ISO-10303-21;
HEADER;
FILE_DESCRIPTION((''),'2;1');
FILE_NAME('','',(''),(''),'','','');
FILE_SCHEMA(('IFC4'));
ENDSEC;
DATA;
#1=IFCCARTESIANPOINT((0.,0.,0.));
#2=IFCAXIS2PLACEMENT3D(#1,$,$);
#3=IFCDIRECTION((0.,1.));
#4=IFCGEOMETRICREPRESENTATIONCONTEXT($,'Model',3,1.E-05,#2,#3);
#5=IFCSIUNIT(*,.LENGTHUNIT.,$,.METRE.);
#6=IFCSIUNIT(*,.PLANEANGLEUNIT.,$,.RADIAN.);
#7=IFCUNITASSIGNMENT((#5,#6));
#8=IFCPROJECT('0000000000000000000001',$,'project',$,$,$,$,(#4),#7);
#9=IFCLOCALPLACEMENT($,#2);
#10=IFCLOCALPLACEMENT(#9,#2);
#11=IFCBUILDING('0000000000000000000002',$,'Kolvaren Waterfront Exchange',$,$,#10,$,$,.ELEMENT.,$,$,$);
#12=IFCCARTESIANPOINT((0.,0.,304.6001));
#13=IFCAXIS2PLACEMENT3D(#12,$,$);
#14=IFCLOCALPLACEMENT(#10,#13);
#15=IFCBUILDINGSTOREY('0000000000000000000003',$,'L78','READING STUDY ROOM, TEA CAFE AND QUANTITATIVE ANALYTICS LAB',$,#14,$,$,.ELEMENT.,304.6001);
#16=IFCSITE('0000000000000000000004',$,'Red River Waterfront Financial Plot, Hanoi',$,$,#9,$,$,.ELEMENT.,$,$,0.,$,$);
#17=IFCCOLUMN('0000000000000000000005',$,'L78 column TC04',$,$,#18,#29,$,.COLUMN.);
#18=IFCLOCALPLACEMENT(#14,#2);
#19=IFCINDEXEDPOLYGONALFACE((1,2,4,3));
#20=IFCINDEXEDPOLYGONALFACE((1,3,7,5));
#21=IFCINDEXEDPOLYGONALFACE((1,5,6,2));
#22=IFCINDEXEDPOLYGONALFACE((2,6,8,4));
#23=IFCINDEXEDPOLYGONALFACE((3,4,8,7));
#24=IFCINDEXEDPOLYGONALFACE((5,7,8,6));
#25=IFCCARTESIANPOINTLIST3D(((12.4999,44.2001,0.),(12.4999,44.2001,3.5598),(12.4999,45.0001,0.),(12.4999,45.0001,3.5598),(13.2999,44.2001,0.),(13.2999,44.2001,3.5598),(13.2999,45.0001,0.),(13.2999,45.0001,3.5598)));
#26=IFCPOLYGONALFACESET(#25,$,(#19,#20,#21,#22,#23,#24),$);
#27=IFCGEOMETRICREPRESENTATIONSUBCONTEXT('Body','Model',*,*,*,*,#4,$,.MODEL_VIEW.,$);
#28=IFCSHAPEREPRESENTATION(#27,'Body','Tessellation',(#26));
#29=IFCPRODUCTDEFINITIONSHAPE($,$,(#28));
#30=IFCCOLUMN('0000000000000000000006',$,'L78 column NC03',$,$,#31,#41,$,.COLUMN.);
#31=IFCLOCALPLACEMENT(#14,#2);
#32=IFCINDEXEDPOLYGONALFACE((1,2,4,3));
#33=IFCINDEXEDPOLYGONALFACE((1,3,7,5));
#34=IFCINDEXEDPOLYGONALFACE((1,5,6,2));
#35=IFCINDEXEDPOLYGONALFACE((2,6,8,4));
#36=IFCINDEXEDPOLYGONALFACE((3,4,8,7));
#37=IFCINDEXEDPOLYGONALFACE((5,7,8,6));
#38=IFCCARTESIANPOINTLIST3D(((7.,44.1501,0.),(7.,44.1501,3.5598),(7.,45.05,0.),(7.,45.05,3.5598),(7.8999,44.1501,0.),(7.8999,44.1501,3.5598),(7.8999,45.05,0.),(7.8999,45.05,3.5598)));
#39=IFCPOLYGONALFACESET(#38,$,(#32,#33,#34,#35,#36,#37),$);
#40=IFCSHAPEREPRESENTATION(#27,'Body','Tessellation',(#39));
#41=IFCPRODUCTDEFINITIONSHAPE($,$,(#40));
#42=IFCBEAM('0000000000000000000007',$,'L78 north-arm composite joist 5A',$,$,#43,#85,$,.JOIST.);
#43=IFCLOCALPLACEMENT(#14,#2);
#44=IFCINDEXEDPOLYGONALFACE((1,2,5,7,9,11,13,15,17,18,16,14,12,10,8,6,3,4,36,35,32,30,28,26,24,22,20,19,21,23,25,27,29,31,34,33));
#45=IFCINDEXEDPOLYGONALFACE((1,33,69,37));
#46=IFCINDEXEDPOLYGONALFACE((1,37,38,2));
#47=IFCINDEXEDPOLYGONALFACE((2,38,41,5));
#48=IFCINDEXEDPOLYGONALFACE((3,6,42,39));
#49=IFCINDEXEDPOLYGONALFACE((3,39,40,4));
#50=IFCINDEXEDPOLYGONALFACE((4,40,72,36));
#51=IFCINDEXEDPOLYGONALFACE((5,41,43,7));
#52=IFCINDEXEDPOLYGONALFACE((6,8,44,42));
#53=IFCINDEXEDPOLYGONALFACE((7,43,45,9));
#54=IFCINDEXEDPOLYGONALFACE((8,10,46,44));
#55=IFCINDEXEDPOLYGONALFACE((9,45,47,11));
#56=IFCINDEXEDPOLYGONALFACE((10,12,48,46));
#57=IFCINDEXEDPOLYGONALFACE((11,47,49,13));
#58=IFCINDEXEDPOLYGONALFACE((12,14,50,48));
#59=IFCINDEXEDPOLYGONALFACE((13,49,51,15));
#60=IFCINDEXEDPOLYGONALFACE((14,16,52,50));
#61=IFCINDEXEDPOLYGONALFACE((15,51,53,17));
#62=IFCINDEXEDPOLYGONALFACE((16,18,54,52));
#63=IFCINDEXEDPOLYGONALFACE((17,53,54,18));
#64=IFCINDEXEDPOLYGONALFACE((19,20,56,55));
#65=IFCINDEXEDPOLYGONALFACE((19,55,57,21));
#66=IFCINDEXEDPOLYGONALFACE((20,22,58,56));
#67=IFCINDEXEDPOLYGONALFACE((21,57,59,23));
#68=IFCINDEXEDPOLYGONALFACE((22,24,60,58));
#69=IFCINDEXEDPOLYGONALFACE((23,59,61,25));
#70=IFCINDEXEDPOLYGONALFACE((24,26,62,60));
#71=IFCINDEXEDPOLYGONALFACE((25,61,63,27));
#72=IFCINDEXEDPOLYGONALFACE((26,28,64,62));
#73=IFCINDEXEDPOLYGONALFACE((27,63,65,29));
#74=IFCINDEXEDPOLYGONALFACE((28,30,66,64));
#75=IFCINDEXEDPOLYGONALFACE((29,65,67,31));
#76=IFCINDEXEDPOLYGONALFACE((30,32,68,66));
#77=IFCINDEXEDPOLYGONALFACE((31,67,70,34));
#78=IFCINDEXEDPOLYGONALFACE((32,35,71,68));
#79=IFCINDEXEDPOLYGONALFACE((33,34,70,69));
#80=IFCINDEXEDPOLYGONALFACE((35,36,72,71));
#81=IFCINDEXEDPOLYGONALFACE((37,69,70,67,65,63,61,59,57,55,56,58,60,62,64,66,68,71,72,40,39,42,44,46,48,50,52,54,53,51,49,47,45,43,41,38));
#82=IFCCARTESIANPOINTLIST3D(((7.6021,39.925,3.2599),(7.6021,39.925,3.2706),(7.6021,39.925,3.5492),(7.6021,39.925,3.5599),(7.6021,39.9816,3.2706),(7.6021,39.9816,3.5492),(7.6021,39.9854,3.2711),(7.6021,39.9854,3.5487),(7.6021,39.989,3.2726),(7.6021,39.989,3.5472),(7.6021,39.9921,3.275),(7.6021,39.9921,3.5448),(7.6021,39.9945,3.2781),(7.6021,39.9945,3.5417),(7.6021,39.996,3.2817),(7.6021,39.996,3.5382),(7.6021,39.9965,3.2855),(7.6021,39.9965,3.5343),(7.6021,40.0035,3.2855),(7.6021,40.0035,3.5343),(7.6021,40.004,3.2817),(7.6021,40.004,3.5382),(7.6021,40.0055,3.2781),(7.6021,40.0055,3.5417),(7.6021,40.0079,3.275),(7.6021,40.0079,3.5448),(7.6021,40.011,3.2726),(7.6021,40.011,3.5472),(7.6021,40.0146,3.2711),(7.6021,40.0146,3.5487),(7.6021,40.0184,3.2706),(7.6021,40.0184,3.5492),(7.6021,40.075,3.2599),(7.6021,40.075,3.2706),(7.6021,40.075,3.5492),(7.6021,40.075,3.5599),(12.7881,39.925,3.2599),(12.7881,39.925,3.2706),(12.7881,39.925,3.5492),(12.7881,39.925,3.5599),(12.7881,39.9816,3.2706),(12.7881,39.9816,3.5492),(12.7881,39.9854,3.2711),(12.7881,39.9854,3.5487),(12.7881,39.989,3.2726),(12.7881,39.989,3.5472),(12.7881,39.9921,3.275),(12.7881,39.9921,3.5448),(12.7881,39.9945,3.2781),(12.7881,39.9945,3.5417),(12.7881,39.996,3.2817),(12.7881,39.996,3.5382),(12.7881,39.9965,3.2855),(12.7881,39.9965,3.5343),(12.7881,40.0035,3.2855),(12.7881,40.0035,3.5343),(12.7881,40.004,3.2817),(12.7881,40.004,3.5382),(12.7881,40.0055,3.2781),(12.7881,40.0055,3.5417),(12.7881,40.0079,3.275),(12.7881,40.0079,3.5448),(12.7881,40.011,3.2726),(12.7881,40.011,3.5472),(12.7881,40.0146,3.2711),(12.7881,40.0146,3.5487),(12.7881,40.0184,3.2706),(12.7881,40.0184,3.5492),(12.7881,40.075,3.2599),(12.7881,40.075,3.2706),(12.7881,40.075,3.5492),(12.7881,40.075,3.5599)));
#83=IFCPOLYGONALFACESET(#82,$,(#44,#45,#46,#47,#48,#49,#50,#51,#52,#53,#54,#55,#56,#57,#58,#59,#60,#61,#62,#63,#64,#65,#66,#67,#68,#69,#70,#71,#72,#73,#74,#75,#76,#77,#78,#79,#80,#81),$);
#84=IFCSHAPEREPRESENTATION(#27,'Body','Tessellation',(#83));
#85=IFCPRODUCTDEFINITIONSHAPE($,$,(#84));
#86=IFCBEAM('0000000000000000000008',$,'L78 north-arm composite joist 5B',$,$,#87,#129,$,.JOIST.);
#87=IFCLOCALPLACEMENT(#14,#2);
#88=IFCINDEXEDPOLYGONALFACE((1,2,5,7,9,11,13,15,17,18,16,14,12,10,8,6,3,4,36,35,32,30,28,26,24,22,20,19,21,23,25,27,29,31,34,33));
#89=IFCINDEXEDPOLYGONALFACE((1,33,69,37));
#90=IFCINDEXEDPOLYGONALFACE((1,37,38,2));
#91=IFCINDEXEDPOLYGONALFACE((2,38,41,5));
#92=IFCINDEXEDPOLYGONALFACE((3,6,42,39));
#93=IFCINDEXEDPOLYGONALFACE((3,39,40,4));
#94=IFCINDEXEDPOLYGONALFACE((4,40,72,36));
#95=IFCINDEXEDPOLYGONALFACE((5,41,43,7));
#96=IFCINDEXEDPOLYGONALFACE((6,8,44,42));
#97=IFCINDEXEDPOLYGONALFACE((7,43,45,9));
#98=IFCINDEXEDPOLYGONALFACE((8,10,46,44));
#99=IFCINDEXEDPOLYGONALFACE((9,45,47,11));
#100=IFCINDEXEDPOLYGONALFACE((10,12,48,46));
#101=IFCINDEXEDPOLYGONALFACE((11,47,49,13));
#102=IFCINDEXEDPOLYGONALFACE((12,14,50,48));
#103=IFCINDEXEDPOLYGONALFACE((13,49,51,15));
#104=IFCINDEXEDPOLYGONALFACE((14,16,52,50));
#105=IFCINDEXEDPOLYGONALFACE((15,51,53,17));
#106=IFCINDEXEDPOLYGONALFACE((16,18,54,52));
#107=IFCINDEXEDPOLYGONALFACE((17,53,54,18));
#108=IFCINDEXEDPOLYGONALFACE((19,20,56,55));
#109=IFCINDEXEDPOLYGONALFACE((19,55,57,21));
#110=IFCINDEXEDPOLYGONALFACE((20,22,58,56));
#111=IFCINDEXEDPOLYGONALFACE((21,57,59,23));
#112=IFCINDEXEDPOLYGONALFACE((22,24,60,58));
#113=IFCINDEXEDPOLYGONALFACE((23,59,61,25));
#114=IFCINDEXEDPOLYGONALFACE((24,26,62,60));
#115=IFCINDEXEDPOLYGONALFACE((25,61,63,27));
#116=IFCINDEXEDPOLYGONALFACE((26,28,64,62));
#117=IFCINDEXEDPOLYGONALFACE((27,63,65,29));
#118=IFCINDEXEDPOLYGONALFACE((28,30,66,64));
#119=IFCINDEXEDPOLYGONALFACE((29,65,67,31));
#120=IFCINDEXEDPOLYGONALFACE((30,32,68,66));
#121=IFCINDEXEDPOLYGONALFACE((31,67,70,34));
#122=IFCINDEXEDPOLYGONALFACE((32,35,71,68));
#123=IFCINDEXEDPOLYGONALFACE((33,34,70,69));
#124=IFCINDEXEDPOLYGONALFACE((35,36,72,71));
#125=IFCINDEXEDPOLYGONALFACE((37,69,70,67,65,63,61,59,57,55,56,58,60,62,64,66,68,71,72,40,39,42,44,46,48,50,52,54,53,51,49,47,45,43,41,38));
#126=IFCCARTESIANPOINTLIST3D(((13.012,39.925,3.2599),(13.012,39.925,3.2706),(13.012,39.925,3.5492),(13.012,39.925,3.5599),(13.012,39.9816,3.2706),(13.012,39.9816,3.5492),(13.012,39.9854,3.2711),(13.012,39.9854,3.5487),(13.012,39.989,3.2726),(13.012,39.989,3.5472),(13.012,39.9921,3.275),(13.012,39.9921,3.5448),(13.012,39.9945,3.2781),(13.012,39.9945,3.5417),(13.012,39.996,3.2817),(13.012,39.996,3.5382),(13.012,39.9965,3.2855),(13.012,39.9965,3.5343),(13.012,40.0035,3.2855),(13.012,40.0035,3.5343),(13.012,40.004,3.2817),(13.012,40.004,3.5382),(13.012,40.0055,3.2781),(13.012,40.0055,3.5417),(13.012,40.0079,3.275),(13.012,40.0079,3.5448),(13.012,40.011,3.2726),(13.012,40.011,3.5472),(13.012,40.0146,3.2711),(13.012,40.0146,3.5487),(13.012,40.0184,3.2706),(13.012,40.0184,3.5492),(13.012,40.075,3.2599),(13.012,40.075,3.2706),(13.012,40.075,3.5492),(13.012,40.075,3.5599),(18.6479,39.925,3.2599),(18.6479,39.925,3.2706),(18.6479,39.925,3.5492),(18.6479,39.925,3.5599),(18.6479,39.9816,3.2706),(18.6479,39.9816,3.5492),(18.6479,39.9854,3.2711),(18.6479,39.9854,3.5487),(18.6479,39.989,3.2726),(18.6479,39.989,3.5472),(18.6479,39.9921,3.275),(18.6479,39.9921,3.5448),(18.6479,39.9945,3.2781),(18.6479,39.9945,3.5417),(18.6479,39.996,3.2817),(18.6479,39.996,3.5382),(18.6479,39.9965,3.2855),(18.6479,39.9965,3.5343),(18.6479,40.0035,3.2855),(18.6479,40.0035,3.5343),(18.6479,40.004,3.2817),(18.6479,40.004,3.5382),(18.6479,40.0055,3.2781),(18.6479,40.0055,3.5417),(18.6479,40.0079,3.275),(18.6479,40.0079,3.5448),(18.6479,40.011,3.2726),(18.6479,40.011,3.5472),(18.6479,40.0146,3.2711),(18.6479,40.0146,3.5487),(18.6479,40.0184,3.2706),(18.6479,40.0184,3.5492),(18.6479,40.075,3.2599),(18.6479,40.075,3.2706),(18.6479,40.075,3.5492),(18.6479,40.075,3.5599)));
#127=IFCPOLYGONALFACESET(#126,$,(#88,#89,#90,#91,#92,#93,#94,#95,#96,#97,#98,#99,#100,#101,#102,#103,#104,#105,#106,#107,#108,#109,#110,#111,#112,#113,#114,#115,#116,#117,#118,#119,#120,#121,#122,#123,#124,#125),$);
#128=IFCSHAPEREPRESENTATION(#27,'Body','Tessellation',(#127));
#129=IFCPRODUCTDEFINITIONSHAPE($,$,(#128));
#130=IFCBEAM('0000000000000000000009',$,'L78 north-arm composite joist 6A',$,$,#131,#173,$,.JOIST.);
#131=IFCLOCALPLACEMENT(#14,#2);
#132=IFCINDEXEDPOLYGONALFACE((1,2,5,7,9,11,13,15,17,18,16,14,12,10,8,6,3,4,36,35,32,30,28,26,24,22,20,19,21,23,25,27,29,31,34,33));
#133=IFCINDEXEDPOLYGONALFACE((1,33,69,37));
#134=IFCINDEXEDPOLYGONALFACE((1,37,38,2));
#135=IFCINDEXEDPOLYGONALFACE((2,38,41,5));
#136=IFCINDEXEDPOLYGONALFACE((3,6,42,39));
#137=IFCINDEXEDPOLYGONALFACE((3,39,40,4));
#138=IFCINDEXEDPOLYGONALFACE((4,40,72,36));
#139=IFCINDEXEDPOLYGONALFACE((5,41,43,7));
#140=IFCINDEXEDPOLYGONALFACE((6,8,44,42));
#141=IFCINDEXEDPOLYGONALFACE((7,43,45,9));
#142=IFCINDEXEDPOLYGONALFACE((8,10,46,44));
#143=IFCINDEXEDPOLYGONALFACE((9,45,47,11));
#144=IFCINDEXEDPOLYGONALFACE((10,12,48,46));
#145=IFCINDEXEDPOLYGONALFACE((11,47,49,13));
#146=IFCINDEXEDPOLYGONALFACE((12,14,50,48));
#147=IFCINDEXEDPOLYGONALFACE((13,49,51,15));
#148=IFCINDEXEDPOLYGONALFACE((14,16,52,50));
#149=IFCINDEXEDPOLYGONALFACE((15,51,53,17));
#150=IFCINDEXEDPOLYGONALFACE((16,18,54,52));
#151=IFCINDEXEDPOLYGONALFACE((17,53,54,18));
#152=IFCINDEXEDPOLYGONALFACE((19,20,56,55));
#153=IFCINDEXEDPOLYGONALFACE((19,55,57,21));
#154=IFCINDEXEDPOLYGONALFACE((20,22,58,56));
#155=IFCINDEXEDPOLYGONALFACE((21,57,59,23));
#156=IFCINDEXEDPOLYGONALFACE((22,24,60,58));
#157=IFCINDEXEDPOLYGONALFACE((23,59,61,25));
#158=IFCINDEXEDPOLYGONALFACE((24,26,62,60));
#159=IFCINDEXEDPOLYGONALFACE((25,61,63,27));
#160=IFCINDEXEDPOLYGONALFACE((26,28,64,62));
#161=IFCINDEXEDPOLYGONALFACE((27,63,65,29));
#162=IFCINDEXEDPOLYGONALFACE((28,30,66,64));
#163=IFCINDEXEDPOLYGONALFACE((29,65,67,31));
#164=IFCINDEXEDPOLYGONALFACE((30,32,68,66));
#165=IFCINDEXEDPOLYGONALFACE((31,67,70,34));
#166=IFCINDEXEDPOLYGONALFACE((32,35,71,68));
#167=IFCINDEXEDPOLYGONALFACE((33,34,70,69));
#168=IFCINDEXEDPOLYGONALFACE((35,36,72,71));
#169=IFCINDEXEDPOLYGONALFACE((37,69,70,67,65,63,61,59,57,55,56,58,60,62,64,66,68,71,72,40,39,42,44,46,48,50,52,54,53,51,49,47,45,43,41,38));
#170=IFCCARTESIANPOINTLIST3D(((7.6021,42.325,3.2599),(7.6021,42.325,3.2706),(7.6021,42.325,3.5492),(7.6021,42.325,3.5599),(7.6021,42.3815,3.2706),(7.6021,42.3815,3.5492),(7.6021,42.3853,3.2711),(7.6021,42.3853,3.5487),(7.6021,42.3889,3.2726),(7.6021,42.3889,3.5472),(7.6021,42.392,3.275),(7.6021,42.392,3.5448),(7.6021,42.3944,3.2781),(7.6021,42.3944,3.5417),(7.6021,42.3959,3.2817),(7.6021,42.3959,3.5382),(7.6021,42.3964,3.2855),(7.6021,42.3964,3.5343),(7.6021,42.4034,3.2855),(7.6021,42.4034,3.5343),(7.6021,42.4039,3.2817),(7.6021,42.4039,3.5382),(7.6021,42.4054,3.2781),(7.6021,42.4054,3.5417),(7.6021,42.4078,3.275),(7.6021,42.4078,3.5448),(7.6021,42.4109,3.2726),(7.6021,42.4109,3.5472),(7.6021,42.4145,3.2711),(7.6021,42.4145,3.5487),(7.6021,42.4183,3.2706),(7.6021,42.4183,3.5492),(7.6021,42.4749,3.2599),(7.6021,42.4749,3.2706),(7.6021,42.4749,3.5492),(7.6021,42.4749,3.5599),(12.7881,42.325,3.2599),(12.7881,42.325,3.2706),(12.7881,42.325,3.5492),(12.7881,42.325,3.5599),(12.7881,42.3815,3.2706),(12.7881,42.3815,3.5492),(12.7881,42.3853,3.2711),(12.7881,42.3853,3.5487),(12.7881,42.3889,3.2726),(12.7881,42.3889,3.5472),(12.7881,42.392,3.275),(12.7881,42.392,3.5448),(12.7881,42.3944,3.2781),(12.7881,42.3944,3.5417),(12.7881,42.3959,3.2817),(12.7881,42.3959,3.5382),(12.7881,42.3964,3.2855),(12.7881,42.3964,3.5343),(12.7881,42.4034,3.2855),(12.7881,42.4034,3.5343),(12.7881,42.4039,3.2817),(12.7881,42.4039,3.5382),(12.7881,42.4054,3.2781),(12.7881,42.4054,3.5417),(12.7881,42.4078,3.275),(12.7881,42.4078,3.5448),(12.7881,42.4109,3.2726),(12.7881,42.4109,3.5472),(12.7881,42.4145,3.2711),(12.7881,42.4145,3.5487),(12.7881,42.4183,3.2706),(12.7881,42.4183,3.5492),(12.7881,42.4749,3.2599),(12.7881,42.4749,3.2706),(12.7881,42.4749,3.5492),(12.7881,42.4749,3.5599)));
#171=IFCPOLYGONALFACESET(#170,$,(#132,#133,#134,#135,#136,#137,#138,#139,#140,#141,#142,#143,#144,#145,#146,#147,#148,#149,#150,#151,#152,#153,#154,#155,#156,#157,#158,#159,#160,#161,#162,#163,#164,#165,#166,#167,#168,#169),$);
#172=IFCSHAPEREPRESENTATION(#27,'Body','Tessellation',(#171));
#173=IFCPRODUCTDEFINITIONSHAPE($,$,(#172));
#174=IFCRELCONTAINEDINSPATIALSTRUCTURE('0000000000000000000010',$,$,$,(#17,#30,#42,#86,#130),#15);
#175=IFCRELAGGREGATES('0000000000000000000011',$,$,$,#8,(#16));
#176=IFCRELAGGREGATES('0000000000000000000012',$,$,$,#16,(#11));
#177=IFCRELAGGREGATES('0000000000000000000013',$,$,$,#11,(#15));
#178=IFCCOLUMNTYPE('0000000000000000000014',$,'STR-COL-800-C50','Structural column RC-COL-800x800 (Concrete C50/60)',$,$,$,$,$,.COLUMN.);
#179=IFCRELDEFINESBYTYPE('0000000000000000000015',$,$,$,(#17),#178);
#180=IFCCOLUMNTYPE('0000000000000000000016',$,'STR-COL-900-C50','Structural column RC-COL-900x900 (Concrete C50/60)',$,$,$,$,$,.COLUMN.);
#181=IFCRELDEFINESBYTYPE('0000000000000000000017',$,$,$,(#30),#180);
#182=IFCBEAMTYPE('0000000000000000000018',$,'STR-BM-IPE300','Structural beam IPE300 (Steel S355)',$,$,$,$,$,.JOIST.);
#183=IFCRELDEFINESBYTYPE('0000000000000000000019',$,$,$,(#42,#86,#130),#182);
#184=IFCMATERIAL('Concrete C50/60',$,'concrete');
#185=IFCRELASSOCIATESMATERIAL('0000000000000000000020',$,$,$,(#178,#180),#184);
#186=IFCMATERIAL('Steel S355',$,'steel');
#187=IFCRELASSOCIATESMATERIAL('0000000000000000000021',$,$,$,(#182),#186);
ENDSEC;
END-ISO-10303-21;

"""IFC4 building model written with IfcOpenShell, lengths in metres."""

from ifc_helpers import new_model, si_unit, direction, frame, origin, origin_2d, place, context, subcontext, project, spatial, rectangle, i_section, extrude, material, material_profile, profile_set, type_object, element, save


model = new_model("IFC4")

# Units and contexts
model_context = context("Model", 3, precision=1e-05, world=origin(), true_north=direction((0.0, 1.0)))
body_context = subcontext(model_context, "Body", "Model", "MODEL_VIEW")
ifc_project = project(units=[si_unit("LENGTHUNIT", "METRE"), si_unit("PLANEANGLEUNIT", "RADIAN")], contexts=[model_context])

# Site, building, storey
site_placement = place(None, origin())
site = spatial("IfcSite", under=ifc_project, at=site_placement, Name="Red River Waterfront Financial Plot, Hanoi", CompositionType="ELEMENT", RefElevation=0.0)
building_placement = place(site_placement, origin())
building = spatial("IfcBuilding", under=site, at=building_placement, Name="Kolvaren Waterfront Exchange", CompositionType="ELEMENT")
storey_placement = place(building_placement, frame((0.0, 0.0, 304.6001)))
storey = spatial("IfcBuildingStorey", under=building, at=storey_placement, Name="L78", Description="READING STUDY ROOM, TEA CAFE AND QUANTITATIVE ANALYTICS LAB", CompositionType="ELEMENT", Elevation=304.6001)

# Columns
ifc_material_1 = material(Name="Concrete C50/60", Category="concrete")
ifc_material_profile_1 = material_profile(ifc_material_1, rectangle(XDim=0.8, YDim=0.8, at=origin_2d()), Name="RC-COL-800x800")
ifc_profile_set_1 = profile_set([ifc_material_profile_1], Name="Concrete C50/60")
column_type_1 = type_object("IfcColumnType", Name="STR-COL-800-C50", Description="Structural column RC-COL-800x800 (Concrete C50/60)", PredefinedType="COLUMN", material=ifc_profile_set_1)
column_1_placement = place(storey_placement, frame((12.8999, 44.6001, 0.0), z_axis=(0.0, 0.0, 1.0), x_axis=(1.0, 0.0, 0.0)))
element("IfcColumn", 1, at=column_1_placement, inside=storey, type_object=column_type_1, Name="L78 column TC04", PredefinedType="COLUMN", context=body_context, shape_type="SweptSolid", body=[
    extrude(rectangle(XDim=0.8, YDim=0.8, at=origin_2d()), origin(), (0.0, 0.0, 1.0), 3.5598),
])
ifc_material_profile_2 = material_profile(ifc_material_1, rectangle(XDim=0.8999, YDim=0.8999, at=origin_2d()), Name="RC-COL-900x900")
ifc_profile_set_2 = profile_set([ifc_material_profile_2], Name="Concrete C50/60")
column_type_2 = type_object("IfcColumnType", Name="STR-COL-900-C50", Description="Structural column RC-COL-900x900 (Concrete C50/60)", PredefinedType="COLUMN", material=ifc_profile_set_2)
column_2_placement = place(storey_placement, frame((7.45, 44.6001, 0.0), z_axis=(0.0, 0.0, 1.0), x_axis=(1.0, 0.0, 0.0)))
element("IfcColumn", 2, at=column_2_placement, inside=storey, type_object=column_type_2, Name="L78 column NC03", PredefinedType="COLUMN", context=body_context, shape_type="SweptSolid", body=[
    extrude(rectangle(XDim=0.8999, YDim=0.8999, at=origin_2d()), origin(), (0.0, 0.0, 1.0), 3.5598),
])

# Beams
ifc_material_2 = material(Name="Steel S355", Category="steel")
ifc_material_profile_3 = material_profile(ifc_material_2, i_section(OverallWidth=0.1499, OverallDepth=0.3, WebThickness=0.0071, FlangeThickness=0.0107, FilletRadius=0.0149, at=origin_2d()), Name="IPE300")
ifc_profile_set_3 = profile_set([ifc_material_profile_3], Name="Steel S355")
beam_type_1 = type_object("IfcBeamType", Name="STR-BM-IPE300", Description="Structural beam IPE300 (Steel S355)", PredefinedType="JOIST", material=ifc_profile_set_3)
beam_1_placement = place(storey_placement, frame((7.6021, 40.0, 3.4099), z_axis=(1.0, 0.0, 0.0), x_axis=(0.0, 1.0, 0.0)))
element("IfcBeam", 3, at=beam_1_placement, inside=storey, type_object=beam_type_1, Name="L78 north-arm composite joist 5A", PredefinedType="JOIST", context=body_context, shape_type="SweptSolid", body=[
    extrude(i_section(OverallWidth=0.1499, OverallDepth=0.3, WebThickness=0.0071, FlangeThickness=0.0107, FilletRadius=0.0149, at=origin_2d()), origin(), (0.0, 0.0, 1.0), 5.186),
])
beam_2_placement = place(storey_placement, frame((13.012, 40.0, 3.4099), z_axis=(1.0, 0.0, 0.0), x_axis=(0.0, 1.0, 0.0)))
element("IfcBeam", 4, at=beam_2_placement, inside=storey, type_object=beam_type_1, Name="L78 north-arm composite joist 5B", PredefinedType="JOIST", context=body_context, shape_type="SweptSolid", body=[
    extrude(i_section(OverallWidth=0.1499, OverallDepth=0.3, WebThickness=0.0071, FlangeThickness=0.0107, FilletRadius=0.0149, at=origin_2d()), origin(), (0.0, 0.0, 1.0), 5.636),
])
beam_3_placement = place(storey_placement, frame((7.6021, 42.3999, 3.4099), z_axis=(1.0, 0.0, 0.0), x_axis=(0.0, 1.0, 0.0)))
element("IfcBeam", 5, at=beam_3_placement, inside=storey, type_object=beam_type_1, Name="L78 north-arm composite joist 6A", PredefinedType="JOIST", context=body_context, shape_type="SweptSolid", body=[
    extrude(i_section(OverallWidth=0.1499, OverallDepth=0.3, WebThickness=0.0071, FlangeThickness=0.0107, FilletRadius=0.0149, at=origin_2d()), origin(), (0.0, 0.0, 1.0), 5.186),
])

save(model, "model.ifc")
